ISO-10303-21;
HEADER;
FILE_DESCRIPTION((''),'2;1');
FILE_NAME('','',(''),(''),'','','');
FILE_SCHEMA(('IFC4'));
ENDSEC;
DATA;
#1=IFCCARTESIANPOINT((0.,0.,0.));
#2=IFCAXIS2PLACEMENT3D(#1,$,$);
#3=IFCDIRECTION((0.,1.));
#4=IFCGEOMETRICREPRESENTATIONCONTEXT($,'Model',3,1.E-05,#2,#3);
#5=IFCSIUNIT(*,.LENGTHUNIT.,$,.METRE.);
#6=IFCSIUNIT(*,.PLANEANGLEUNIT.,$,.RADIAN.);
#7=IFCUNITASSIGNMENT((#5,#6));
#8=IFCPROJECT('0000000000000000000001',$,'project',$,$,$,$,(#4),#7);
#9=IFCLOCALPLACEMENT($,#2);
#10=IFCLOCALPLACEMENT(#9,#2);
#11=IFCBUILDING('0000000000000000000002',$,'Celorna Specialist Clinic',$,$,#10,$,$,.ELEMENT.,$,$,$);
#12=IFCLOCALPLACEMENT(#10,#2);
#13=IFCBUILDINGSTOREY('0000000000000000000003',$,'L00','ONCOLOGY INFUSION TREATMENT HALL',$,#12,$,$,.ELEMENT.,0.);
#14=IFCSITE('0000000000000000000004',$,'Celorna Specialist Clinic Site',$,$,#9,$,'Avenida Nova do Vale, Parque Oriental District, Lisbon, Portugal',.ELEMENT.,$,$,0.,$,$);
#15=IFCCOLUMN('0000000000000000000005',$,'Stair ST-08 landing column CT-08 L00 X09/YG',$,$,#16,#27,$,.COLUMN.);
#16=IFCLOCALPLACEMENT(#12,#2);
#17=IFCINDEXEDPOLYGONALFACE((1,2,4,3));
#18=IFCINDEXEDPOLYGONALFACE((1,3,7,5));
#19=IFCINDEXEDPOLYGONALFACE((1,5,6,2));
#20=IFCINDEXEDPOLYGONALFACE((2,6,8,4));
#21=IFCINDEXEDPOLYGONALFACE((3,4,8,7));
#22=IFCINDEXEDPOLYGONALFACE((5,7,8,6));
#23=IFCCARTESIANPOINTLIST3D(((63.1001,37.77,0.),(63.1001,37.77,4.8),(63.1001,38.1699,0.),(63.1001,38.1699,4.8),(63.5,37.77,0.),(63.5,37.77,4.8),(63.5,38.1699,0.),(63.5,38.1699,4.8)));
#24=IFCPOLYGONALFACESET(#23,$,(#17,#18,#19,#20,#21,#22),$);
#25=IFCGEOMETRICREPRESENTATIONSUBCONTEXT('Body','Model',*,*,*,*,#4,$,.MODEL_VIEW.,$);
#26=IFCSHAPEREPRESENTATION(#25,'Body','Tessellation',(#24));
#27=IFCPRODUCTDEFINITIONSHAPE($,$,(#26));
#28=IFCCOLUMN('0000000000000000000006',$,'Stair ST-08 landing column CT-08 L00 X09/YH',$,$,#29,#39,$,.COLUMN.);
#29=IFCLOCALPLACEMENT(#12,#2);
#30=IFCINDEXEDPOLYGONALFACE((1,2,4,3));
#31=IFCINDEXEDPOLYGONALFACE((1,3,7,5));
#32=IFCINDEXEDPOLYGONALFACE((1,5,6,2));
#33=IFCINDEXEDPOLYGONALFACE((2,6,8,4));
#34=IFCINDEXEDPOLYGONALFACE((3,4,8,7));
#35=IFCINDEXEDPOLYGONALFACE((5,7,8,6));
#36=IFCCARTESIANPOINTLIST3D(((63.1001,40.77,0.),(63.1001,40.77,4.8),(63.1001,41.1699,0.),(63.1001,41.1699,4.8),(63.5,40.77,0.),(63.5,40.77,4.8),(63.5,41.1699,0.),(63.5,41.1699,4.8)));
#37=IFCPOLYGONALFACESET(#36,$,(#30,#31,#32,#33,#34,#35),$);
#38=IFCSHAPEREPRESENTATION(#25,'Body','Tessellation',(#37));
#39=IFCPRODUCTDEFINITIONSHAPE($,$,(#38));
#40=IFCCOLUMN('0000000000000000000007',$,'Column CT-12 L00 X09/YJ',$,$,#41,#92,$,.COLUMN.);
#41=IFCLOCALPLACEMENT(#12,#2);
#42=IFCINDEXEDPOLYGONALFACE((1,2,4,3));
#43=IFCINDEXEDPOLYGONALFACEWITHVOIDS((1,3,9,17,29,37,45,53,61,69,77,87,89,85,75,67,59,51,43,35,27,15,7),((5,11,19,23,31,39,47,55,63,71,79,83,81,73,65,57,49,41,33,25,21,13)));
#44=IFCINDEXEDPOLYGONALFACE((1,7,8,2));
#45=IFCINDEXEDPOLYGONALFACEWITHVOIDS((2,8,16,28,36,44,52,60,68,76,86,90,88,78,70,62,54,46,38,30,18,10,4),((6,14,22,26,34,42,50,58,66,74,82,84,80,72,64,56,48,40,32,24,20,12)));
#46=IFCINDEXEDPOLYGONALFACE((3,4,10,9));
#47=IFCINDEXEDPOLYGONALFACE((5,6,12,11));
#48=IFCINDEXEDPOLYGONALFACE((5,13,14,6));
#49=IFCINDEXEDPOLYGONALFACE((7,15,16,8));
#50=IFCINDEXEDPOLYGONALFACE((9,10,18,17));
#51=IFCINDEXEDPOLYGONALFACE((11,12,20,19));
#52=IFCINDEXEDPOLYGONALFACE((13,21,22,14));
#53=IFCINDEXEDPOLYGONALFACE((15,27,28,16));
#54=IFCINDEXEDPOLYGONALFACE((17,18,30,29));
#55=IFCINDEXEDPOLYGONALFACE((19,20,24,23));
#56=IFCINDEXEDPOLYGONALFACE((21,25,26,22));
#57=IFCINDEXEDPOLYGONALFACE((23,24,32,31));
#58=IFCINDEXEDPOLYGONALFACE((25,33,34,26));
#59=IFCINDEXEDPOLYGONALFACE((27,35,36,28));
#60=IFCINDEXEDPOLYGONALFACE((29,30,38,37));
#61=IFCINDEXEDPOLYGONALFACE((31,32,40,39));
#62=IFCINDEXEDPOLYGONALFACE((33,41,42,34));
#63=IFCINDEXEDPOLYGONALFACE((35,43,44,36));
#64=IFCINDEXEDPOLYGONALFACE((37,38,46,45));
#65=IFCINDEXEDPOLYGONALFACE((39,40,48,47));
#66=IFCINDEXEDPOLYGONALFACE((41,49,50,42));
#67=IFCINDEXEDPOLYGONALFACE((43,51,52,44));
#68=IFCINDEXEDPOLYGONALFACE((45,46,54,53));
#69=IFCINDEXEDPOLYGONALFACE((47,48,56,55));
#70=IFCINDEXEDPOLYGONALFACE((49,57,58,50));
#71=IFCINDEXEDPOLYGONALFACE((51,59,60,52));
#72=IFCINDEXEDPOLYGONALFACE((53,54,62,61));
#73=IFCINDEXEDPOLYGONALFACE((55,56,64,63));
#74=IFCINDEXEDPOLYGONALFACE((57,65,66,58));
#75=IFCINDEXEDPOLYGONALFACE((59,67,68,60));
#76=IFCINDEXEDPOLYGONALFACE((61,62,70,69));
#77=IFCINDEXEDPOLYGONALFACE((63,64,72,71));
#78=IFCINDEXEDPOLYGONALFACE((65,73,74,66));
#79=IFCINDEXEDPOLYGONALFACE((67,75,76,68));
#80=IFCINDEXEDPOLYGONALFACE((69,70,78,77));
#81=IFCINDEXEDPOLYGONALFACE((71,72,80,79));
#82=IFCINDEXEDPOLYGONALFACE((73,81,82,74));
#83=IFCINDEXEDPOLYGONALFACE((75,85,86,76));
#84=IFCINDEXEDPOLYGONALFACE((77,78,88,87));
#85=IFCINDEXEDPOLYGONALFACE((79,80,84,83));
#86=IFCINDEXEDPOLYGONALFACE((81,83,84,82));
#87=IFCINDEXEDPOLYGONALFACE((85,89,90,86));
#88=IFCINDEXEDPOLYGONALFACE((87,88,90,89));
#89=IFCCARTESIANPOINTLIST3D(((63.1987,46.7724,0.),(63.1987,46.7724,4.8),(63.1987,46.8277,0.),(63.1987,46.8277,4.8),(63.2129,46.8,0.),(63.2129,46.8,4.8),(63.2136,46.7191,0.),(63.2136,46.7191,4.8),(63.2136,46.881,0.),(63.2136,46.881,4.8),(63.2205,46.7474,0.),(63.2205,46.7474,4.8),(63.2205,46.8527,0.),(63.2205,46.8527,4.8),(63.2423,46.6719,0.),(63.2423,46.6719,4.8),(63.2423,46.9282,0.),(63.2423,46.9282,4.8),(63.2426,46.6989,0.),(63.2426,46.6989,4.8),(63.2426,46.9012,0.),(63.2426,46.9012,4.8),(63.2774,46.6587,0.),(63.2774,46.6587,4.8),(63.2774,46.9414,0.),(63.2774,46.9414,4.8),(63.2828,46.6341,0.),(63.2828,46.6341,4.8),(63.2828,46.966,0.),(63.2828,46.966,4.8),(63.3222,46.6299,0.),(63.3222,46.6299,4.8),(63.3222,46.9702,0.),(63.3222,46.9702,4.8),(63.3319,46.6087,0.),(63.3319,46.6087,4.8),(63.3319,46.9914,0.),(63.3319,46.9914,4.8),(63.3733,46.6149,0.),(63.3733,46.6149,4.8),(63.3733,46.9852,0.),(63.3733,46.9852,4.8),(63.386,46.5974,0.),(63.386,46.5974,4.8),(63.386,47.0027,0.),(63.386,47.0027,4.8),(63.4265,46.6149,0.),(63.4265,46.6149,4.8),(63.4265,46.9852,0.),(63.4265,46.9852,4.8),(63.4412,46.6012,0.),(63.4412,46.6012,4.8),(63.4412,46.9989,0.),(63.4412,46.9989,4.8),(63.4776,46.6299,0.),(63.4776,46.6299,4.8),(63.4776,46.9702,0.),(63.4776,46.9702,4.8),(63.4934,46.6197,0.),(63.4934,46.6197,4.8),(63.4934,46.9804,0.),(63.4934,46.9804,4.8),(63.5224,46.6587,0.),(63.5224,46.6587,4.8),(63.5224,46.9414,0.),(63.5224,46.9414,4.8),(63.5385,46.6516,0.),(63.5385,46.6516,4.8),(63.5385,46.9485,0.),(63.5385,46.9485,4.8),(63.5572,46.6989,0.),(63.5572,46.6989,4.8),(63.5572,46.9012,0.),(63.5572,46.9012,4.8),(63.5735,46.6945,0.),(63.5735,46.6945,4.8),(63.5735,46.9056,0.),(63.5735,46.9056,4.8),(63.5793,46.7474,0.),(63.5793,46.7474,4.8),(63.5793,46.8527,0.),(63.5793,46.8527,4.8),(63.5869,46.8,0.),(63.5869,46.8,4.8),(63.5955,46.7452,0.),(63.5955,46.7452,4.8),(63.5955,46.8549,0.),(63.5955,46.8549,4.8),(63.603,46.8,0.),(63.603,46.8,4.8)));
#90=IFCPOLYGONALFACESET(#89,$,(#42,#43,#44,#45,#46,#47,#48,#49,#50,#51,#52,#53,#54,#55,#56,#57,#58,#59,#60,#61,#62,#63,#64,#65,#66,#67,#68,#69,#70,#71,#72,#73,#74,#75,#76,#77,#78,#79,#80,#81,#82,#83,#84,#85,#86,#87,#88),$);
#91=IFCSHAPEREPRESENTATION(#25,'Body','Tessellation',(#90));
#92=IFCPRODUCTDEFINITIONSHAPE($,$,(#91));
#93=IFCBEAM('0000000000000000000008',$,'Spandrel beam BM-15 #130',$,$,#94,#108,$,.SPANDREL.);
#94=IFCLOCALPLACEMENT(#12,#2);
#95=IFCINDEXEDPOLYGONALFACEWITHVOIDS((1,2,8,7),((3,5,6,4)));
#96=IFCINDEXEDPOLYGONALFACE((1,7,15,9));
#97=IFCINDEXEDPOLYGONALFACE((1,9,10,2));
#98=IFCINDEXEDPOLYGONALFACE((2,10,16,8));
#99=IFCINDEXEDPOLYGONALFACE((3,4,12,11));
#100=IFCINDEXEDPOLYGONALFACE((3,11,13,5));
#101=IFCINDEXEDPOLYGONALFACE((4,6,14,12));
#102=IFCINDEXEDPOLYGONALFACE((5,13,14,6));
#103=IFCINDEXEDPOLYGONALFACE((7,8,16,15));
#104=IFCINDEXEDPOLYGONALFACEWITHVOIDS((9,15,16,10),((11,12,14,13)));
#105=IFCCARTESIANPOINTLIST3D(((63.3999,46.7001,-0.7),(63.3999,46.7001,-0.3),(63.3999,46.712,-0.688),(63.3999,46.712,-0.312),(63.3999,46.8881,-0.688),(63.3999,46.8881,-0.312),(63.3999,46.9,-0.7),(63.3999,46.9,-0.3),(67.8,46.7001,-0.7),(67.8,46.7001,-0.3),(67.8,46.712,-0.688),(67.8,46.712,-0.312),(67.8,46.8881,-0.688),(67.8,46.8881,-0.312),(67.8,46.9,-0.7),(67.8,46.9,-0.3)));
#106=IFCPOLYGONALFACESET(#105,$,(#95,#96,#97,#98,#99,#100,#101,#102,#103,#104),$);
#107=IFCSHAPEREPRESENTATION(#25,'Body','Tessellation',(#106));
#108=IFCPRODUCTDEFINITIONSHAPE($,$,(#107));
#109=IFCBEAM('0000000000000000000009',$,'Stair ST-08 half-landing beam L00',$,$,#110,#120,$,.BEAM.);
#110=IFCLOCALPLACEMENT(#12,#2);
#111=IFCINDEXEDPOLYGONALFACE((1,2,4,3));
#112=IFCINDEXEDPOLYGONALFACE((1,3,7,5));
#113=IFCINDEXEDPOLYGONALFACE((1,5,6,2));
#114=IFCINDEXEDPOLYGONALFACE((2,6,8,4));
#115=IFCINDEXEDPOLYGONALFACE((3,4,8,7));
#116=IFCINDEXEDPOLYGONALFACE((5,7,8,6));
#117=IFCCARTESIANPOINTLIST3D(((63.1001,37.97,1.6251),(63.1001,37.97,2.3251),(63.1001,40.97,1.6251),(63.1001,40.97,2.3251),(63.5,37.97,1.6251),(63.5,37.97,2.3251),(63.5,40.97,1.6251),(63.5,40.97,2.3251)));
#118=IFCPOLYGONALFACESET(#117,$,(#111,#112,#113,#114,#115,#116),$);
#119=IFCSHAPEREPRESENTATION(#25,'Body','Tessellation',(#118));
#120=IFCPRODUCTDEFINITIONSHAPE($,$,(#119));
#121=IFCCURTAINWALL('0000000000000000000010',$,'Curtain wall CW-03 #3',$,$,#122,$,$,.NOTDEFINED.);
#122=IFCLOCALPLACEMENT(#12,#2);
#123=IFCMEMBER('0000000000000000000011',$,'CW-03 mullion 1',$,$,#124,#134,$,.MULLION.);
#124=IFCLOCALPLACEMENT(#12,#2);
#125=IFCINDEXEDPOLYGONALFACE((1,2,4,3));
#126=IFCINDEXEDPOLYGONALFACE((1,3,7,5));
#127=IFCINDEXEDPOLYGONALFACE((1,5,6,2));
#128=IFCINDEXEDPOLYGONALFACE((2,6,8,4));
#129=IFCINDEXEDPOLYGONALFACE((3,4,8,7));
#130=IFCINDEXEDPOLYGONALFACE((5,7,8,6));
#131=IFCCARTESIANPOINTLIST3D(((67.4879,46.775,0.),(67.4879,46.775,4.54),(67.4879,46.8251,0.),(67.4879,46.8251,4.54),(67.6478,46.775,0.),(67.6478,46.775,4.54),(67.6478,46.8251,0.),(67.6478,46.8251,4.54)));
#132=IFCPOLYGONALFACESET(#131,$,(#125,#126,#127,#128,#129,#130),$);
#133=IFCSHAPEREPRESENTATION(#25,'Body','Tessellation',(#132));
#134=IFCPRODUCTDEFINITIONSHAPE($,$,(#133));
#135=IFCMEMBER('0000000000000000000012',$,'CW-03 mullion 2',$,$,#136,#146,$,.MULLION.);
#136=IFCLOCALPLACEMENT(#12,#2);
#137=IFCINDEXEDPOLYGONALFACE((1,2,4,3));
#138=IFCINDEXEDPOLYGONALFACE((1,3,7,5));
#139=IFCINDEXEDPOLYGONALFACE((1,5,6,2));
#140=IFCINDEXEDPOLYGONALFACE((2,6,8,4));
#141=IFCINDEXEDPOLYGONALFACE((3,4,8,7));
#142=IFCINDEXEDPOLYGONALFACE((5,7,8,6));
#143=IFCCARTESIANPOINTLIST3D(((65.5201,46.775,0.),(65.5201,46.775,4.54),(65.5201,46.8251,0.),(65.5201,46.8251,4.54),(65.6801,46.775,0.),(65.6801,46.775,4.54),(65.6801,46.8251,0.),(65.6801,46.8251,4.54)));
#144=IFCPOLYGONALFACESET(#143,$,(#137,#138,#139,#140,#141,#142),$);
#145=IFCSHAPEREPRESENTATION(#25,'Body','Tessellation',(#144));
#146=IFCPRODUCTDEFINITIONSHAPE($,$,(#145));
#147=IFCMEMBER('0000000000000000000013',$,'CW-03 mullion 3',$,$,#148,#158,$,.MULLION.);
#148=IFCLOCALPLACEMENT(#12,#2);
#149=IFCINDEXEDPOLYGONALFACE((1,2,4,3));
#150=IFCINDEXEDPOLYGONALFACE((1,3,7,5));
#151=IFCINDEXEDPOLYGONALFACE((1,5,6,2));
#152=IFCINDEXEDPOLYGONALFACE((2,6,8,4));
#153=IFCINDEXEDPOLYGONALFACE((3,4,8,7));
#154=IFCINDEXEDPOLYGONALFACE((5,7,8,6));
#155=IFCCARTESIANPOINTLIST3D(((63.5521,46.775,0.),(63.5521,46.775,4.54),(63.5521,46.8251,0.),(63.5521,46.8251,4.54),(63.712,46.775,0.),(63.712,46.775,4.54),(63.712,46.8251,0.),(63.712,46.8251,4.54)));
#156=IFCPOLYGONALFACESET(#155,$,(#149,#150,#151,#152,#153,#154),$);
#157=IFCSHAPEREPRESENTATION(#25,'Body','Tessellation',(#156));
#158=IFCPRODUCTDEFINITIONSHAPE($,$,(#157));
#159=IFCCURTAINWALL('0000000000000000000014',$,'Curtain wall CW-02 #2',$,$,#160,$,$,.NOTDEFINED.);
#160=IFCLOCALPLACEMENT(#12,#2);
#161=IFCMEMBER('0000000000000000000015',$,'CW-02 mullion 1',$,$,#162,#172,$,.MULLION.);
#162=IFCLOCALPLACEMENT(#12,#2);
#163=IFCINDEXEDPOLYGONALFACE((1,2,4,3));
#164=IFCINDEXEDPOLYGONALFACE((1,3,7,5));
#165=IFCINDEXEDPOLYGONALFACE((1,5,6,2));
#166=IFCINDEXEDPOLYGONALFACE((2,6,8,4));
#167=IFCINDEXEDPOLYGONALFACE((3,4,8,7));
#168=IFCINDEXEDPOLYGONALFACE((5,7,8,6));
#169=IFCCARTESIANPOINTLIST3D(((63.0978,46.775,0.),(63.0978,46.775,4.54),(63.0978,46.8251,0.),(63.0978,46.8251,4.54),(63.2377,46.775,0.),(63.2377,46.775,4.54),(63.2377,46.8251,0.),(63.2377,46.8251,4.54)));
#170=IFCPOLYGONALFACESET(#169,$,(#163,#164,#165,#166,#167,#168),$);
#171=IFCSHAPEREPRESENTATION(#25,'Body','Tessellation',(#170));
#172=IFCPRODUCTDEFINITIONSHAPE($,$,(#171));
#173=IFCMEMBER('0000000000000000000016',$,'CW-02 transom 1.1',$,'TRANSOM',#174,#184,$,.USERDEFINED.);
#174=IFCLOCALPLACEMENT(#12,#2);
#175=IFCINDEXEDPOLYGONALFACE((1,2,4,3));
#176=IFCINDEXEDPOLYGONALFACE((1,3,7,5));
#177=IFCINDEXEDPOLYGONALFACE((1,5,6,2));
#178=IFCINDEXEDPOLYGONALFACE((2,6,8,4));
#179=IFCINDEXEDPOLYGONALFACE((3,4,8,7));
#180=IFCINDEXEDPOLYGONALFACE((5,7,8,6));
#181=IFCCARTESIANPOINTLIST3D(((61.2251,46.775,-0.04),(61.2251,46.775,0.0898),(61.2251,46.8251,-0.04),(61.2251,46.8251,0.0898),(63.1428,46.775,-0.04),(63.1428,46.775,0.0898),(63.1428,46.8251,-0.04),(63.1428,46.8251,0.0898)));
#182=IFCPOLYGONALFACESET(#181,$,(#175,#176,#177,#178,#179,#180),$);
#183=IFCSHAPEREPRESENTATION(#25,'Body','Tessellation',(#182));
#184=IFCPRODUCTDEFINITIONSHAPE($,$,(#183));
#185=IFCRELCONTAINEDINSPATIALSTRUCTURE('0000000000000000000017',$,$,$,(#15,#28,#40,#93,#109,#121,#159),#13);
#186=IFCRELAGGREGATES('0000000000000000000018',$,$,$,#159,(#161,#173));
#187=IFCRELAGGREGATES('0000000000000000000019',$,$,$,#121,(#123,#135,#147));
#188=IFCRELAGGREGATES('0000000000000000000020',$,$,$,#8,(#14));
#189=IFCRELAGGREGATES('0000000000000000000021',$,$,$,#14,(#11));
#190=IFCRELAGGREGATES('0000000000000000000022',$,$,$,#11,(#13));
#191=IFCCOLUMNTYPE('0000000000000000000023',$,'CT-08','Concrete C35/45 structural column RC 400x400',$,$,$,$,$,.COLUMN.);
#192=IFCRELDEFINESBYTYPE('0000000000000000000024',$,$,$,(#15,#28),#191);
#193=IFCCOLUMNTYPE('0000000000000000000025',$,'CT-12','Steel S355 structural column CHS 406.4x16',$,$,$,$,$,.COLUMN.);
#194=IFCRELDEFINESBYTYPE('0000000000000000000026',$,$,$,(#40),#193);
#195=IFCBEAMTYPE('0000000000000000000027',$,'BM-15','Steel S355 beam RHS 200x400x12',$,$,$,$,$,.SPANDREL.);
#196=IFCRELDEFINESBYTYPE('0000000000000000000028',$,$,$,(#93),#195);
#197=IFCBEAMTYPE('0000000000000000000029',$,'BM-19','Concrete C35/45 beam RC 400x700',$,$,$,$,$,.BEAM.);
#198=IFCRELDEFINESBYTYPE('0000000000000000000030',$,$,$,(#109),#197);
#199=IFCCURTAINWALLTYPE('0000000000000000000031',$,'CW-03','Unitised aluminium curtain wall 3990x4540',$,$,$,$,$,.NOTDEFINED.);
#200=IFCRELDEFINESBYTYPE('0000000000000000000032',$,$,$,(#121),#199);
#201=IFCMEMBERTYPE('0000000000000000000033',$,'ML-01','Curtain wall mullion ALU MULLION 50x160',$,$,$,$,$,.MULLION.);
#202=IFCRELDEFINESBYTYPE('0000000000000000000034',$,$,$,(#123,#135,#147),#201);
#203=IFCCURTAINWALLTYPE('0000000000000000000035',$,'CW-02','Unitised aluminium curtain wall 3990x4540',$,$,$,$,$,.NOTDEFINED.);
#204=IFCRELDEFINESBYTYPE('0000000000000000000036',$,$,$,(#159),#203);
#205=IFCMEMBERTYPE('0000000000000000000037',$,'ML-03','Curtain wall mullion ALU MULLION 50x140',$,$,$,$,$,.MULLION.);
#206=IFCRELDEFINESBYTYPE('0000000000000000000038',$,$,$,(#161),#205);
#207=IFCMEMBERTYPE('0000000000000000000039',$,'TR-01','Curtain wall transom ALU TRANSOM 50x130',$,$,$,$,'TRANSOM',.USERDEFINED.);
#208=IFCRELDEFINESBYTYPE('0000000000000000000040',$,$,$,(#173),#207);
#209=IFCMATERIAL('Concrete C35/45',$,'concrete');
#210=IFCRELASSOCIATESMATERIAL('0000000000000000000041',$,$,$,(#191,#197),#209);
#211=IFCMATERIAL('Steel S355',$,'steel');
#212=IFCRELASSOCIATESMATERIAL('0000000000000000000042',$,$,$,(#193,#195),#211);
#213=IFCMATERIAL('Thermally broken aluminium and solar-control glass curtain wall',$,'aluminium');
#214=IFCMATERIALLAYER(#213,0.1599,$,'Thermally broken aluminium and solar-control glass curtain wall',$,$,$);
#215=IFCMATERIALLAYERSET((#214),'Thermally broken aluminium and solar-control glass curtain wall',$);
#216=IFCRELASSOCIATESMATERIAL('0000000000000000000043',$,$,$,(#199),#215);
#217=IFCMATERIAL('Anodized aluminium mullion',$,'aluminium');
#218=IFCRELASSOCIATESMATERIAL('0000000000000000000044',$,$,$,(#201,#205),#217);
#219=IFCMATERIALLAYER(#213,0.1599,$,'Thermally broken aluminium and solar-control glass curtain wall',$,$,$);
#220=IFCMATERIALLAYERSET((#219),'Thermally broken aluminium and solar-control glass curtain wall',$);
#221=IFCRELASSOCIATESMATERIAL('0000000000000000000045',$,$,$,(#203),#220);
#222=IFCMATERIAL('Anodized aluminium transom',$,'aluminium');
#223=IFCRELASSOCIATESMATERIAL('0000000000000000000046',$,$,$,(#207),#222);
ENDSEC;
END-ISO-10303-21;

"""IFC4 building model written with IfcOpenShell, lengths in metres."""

from ifc_helpers import new_model, si_unit, direction, frame, origin, origin_2d, place, context, subcontext, project, spatial, rectangle, hollow_rectangle, hollow_circle, extrude, material, layer, layer_set, material_profile, profile_set, type_object, element, aggregate, save


model = new_model("IFC4")

# Units and contexts
model_context = context("Model", 3, precision=1e-05, world=origin(), true_north=direction((0.0, 1.0)))
body_context = subcontext(model_context, "Body", "Model", "MODEL_VIEW")
ifc_project = project(units=[si_unit("LENGTHUNIT", "METRE"), si_unit("PLANEANGLEUNIT", "RADIAN")], contexts=[model_context])

# Site, building, storey
site_placement = place(None, origin())
site = spatial("IfcSite", under=ifc_project, at=site_placement, Name="Celorna Specialist Clinic Site", LongName="Avenida Nova do Vale, Parque Oriental District, Lisbon, Portugal", CompositionType="ELEMENT", RefElevation=0.0)
building_placement = place(site_placement, origin())
building = spatial("IfcBuilding", under=site, at=building_placement, Name="Celorna Specialist Clinic", CompositionType="ELEMENT")
storey_placement = place(building_placement, origin())
storey = spatial("IfcBuildingStorey", under=building, at=storey_placement, Name="L00", Description="ONCOLOGY INFUSION TREATMENT HALL", CompositionType="ELEMENT", Elevation=0.0)

# Columns
ifc_material_1 = material(Name="Concrete C35/45", Category="concrete")
ifc_material_profile_1 = material_profile(ifc_material_1, rectangle(XDim=0.3999, YDim=0.3999, at=origin_2d()), Name="RC 400x400")
ifc_profile_set_1 = profile_set([ifc_material_profile_1], Name="Concrete C35/45")
column_type_1 = type_object("IfcColumnType", Name="CT-08", Description="Concrete C35/45 structural column RC 400x400", PredefinedType="COLUMN", material=ifc_profile_set_1)
for number, where, z_axis, x_axis, name in (
    (1, (63.3, 37.97, 0.0), (0.0, 0.0, 1.0), (1.0, 0.0, 0.0), "Stair ST-08 landing column CT-08 L00 X09/YG"),
    (2, (63.3, 40.97, 0.0), (0.0, 0.0, 1.0), (1.0, 0.0, 0.0), "Stair ST-08 landing column CT-08 L00 X09/YH"),
):
    element("IfcColumn", number, at=place(storey_placement, frame(where, z_axis=z_axis, x_axis=x_axis)), inside=storey, type_object=column_type_1, Name=name, PredefinedType="COLUMN", context=body_context, shape_type="SweptSolid", body=[
        extrude(rectangle(XDim=0.3999, YDim=0.3999, at=origin_2d()), origin(), (0.0, 0.0, 1.0), 4.8),
    ])
ifc_material_2 = material(Name="Steel S355", Category="steel")
ifc_material_profile_2 = material_profile(ifc_material_2, hollow_circle(Radius=0.2031, WallThickness=0.0161, at=origin_2d()), Name="CHS 406.4x16")
ifc_profile_set_2 = profile_set([ifc_material_profile_2], Name="Steel S355")
column_type_2 = type_object("IfcColumnType", Name="CT-12", Description="Steel S355 structural column CHS 406.4x16", PredefinedType="COLUMN", material=ifc_profile_set_2)
column_placement = place(storey_placement, frame((63.3999, 46.8, 0.0), z_axis=(0.0, 0.0, 1.0), x_axis=(1.0, 0.0, 0.0)))
element("IfcColumn", 3, at=column_placement, inside=storey, type_object=column_type_2, Name="Column CT-12 L00 X09/YJ", PredefinedType="COLUMN", context=body_context, shape_type="SweptSolid", body=[
    extrude(hollow_circle(Radius=0.2031, WallThickness=0.0161, at=origin_2d()), origin(), (0.0, 0.0, 1.0), 4.8),
])

# Beams
ifc_material_profile_3 = material_profile(ifc_material_2, hollow_rectangle(XDim=0.2, YDim=0.3999, WallThickness=0.012, at=origin_2d()), Name="RHS 200x400x12")
ifc_profile_set_3 = profile_set([ifc_material_profile_3], Name="Steel S355")
beam_type_1 = type_object("IfcBeamType", Name="BM-15", Description="Steel S355 beam RHS 200x400x12", PredefinedType="SPANDREL", material=ifc_profile_set_3)
beam_1_placement = place(storey_placement, frame((63.3999, 46.8, -0.5), z_axis=(1.0, 0.0, 0.0), x_axis=(0.0, 1.0, 0.0)))
element("IfcBeam", 4, at=beam_1_placement, inside=storey, type_object=beam_type_1, Name="Spandrel beam BM-15 #130", PredefinedType="SPANDREL", context=body_context, shape_type="SweptSolid", body=[
    extrude(hollow_rectangle(XDim=0.2, YDim=0.3999, WallThickness=0.012, at=origin_2d()), origin(), (0.0, 0.0, 1.0), 4.4001),
])
ifc_material_profile_4 = material_profile(ifc_material_1, rectangle(XDim=0.3999, YDim=0.7, at=origin_2d()), Name="RC 400x700")
ifc_profile_set_4 = profile_set([ifc_material_profile_4], Name="Concrete C35/45")
beam_type_2 = type_object("IfcBeamType", Name="BM-19", Description="Concrete C35/45 beam RC 400x700", PredefinedType="BEAM", material=ifc_profile_set_4)
beam_2_placement = place(storey_placement, frame((63.3, 37.97, 1.9751), z_axis=(0.0, 1.0, 0.0), x_axis=(-1.0, 0.0, 0.0)))
element("IfcBeam", 5, at=beam_2_placement, inside=storey, type_object=beam_type_2, Name="Stair ST-08 half-landing beam L00", PredefinedType="BEAM", context=body_context, shape_type="SweptSolid", body=[
    extrude(rectangle(XDim=0.3999, YDim=0.7, at=origin_2d()), origin(), (0.0, 0.0, 1.0), 3.0),
])

# Curtain walls, members
ifc_material_3 = material(Name="Thermally broken aluminium and solar-control glass curtain wall", Category="aluminium")
ifc_layer_1 = layer(ifc_material_3, 0.1599, Name="Thermally broken aluminium and solar-control glass curtain wall")
ifc_layer_set_1 = layer_set([ifc_layer_1], Name="Thermally broken aluminium and solar-control glass curtain wall")
curtain_wall_type_1 = type_object("IfcCurtainWallType", Name="CW-03", Description="Unitised aluminium curtain wall 3990x4540", PredefinedType="NOTDEFINED", material=ifc_layer_set_1)
curtain_wall_1_placement = place(storey_placement, origin())
curtain_wall_1 = element("IfcCurtainWall", 6, at=curtain_wall_1_placement, inside=storey, type_object=curtain_wall_type_1, Name="Curtain wall CW-03 #3", PredefinedType="NOTDEFINED")
ifc_material_4 = material(Name="Anodized aluminium mullion", Category="aluminium")
ifc_material_profile_5 = material_profile(ifc_material_4, rectangle(XDim=0.05, YDim=0.1599, at=origin_2d()), Name="ALU MULLION 50x160")
ifc_profile_set_5 = profile_set([ifc_material_profile_5], Name="Anodized aluminium mullion")
member_type_1 = type_object("IfcMemberType", Name="ML-01", Description="Curtain wall mullion ALU MULLION 50x160", PredefinedType="MULLION", material=ifc_profile_set_5)
member_1_placement = place(storey_placement, frame((67.5679, 46.8, 0.0), z_axis=(0.0, 0.0, 1.0), x_axis=(0.0, -1.0, 0.0)))
member_1 = element("IfcMember", 7, at=member_1_placement, type_object=member_type_1, Name="CW-03 mullion 1", PredefinedType="MULLION", context=body_context, shape_type="SweptSolid", body=[
    extrude(rectangle(XDim=0.05, YDim=0.1599, at=origin_2d()), origin(), (0.0, 0.0, 1.0), 4.54),
])
member_2_placement = place(storey_placement, frame((65.6001, 46.8, 0.0), z_axis=(0.0, 0.0, 1.0), x_axis=(0.0, -1.0, 0.0)))
member_2 = element("IfcMember", 8, at=member_2_placement, type_object=member_type_1, Name="CW-03 mullion 2", PredefinedType="MULLION", context=body_context, shape_type="SweptSolid", body=[
    extrude(rectangle(XDim=0.05, YDim=0.1599, at=origin_2d()), origin(), (0.0, 0.0, 1.0), 4.54),
])
member_3_placement = place(storey_placement, frame((63.6321, 46.8, 0.0), z_axis=(0.0, 0.0, 1.0), x_axis=(0.0, -1.0, 0.0)))
member_3 = element("IfcMember", 9, at=member_3_placement, type_object=member_type_1, Name="CW-03 mullion 3", PredefinedType="MULLION", context=body_context, shape_type="SweptSolid", body=[
    extrude(rectangle(XDim=0.05, YDim=0.1599, at=origin_2d()), origin(), (0.0, 0.0, 1.0), 4.54),
])
ifc_layer_2 = layer(ifc_material_3, 0.1599, Name="Thermally broken aluminium and solar-control glass curtain wall")
ifc_layer_set_2 = layer_set([ifc_layer_2], Name="Thermally broken aluminium and solar-control glass curtain wall")
curtain_wall_type_2 = type_object("IfcCurtainWallType", Name="CW-02", Description="Unitised aluminium curtain wall 3990x4540", PredefinedType="NOTDEFINED", material=ifc_layer_set_2)
curtain_wall_2_placement = place(storey_placement, origin())
curtain_wall_2 = element("IfcCurtainWall", 10, at=curtain_wall_2_placement, inside=storey, type_object=curtain_wall_type_2, Name="Curtain wall CW-02 #2", PredefinedType="NOTDEFINED")
ifc_material_profile_6 = material_profile(ifc_material_4, rectangle(XDim=0.05, YDim=0.1399, at=origin_2d()), Name="ALU MULLION 50x140")
ifc_profile_set_6 = profile_set([ifc_material_profile_6], Name="Anodized aluminium mullion")
member_type_2 = type_object("IfcMemberType", Name="ML-03", Description="Curtain wall mullion ALU MULLION 50x140", PredefinedType="MULLION", material=ifc_profile_set_6)
member_4_placement = place(storey_placement, frame((63.1677, 46.8, 0.0), z_axis=(0.0, 0.0, 1.0), x_axis=(0.0, -1.0, 0.0)))
member_4 = element("IfcMember", 11, at=member_4_placement, type_object=member_type_2, Name="CW-02 mullion 1", PredefinedType="MULLION", context=body_context, shape_type="SweptSolid", body=[
    extrude(rectangle(XDim=0.05, YDim=0.1399, at=origin_2d()), origin(), (0.0, 0.0, 1.0), 4.54),
])
ifc_material_5 = material(Name="Anodized aluminium transom", Category="aluminium")
ifc_material_profile_7 = material_profile(ifc_material_5, rectangle(XDim=0.05, YDim=0.1299, at=origin_2d()), Name="ALU TRANSOM 50x130")
ifc_profile_set_7 = profile_set([ifc_material_profile_7], Name="Anodized aluminium transom")
member_type_3 = type_object("IfcMemberType", Name="TR-01", Description="Curtain wall transom ALU TRANSOM 50x130", ElementType="TRANSOM", PredefinedType="USERDEFINED", material=ifc_profile_set_7)
member_5_placement = place(storey_placement, frame((63.1428, 46.8, 0.0249), z_axis=(-1.0, 0.0, 0.0), x_axis=(0.0, -1.0, 0.0)))
member_5 = element("IfcMember", 12, at=member_5_placement, type_object=member_type_3, Name="CW-02 transom 1.1", ObjectType="TRANSOM", PredefinedType="USERDEFINED", context=body_context, shape_type="SweptSolid", body=[
    extrude(rectangle(XDim=0.05, YDim=0.1299, at=origin_2d()), origin(), (0.0, 0.0, 1.0), 1.9177),
])
aggregate(curtain_wall_2, [member_4, member_5])

aggregate(curtain_wall_1, [member_1, member_2, member_3])

save(model, "model.ifc")
